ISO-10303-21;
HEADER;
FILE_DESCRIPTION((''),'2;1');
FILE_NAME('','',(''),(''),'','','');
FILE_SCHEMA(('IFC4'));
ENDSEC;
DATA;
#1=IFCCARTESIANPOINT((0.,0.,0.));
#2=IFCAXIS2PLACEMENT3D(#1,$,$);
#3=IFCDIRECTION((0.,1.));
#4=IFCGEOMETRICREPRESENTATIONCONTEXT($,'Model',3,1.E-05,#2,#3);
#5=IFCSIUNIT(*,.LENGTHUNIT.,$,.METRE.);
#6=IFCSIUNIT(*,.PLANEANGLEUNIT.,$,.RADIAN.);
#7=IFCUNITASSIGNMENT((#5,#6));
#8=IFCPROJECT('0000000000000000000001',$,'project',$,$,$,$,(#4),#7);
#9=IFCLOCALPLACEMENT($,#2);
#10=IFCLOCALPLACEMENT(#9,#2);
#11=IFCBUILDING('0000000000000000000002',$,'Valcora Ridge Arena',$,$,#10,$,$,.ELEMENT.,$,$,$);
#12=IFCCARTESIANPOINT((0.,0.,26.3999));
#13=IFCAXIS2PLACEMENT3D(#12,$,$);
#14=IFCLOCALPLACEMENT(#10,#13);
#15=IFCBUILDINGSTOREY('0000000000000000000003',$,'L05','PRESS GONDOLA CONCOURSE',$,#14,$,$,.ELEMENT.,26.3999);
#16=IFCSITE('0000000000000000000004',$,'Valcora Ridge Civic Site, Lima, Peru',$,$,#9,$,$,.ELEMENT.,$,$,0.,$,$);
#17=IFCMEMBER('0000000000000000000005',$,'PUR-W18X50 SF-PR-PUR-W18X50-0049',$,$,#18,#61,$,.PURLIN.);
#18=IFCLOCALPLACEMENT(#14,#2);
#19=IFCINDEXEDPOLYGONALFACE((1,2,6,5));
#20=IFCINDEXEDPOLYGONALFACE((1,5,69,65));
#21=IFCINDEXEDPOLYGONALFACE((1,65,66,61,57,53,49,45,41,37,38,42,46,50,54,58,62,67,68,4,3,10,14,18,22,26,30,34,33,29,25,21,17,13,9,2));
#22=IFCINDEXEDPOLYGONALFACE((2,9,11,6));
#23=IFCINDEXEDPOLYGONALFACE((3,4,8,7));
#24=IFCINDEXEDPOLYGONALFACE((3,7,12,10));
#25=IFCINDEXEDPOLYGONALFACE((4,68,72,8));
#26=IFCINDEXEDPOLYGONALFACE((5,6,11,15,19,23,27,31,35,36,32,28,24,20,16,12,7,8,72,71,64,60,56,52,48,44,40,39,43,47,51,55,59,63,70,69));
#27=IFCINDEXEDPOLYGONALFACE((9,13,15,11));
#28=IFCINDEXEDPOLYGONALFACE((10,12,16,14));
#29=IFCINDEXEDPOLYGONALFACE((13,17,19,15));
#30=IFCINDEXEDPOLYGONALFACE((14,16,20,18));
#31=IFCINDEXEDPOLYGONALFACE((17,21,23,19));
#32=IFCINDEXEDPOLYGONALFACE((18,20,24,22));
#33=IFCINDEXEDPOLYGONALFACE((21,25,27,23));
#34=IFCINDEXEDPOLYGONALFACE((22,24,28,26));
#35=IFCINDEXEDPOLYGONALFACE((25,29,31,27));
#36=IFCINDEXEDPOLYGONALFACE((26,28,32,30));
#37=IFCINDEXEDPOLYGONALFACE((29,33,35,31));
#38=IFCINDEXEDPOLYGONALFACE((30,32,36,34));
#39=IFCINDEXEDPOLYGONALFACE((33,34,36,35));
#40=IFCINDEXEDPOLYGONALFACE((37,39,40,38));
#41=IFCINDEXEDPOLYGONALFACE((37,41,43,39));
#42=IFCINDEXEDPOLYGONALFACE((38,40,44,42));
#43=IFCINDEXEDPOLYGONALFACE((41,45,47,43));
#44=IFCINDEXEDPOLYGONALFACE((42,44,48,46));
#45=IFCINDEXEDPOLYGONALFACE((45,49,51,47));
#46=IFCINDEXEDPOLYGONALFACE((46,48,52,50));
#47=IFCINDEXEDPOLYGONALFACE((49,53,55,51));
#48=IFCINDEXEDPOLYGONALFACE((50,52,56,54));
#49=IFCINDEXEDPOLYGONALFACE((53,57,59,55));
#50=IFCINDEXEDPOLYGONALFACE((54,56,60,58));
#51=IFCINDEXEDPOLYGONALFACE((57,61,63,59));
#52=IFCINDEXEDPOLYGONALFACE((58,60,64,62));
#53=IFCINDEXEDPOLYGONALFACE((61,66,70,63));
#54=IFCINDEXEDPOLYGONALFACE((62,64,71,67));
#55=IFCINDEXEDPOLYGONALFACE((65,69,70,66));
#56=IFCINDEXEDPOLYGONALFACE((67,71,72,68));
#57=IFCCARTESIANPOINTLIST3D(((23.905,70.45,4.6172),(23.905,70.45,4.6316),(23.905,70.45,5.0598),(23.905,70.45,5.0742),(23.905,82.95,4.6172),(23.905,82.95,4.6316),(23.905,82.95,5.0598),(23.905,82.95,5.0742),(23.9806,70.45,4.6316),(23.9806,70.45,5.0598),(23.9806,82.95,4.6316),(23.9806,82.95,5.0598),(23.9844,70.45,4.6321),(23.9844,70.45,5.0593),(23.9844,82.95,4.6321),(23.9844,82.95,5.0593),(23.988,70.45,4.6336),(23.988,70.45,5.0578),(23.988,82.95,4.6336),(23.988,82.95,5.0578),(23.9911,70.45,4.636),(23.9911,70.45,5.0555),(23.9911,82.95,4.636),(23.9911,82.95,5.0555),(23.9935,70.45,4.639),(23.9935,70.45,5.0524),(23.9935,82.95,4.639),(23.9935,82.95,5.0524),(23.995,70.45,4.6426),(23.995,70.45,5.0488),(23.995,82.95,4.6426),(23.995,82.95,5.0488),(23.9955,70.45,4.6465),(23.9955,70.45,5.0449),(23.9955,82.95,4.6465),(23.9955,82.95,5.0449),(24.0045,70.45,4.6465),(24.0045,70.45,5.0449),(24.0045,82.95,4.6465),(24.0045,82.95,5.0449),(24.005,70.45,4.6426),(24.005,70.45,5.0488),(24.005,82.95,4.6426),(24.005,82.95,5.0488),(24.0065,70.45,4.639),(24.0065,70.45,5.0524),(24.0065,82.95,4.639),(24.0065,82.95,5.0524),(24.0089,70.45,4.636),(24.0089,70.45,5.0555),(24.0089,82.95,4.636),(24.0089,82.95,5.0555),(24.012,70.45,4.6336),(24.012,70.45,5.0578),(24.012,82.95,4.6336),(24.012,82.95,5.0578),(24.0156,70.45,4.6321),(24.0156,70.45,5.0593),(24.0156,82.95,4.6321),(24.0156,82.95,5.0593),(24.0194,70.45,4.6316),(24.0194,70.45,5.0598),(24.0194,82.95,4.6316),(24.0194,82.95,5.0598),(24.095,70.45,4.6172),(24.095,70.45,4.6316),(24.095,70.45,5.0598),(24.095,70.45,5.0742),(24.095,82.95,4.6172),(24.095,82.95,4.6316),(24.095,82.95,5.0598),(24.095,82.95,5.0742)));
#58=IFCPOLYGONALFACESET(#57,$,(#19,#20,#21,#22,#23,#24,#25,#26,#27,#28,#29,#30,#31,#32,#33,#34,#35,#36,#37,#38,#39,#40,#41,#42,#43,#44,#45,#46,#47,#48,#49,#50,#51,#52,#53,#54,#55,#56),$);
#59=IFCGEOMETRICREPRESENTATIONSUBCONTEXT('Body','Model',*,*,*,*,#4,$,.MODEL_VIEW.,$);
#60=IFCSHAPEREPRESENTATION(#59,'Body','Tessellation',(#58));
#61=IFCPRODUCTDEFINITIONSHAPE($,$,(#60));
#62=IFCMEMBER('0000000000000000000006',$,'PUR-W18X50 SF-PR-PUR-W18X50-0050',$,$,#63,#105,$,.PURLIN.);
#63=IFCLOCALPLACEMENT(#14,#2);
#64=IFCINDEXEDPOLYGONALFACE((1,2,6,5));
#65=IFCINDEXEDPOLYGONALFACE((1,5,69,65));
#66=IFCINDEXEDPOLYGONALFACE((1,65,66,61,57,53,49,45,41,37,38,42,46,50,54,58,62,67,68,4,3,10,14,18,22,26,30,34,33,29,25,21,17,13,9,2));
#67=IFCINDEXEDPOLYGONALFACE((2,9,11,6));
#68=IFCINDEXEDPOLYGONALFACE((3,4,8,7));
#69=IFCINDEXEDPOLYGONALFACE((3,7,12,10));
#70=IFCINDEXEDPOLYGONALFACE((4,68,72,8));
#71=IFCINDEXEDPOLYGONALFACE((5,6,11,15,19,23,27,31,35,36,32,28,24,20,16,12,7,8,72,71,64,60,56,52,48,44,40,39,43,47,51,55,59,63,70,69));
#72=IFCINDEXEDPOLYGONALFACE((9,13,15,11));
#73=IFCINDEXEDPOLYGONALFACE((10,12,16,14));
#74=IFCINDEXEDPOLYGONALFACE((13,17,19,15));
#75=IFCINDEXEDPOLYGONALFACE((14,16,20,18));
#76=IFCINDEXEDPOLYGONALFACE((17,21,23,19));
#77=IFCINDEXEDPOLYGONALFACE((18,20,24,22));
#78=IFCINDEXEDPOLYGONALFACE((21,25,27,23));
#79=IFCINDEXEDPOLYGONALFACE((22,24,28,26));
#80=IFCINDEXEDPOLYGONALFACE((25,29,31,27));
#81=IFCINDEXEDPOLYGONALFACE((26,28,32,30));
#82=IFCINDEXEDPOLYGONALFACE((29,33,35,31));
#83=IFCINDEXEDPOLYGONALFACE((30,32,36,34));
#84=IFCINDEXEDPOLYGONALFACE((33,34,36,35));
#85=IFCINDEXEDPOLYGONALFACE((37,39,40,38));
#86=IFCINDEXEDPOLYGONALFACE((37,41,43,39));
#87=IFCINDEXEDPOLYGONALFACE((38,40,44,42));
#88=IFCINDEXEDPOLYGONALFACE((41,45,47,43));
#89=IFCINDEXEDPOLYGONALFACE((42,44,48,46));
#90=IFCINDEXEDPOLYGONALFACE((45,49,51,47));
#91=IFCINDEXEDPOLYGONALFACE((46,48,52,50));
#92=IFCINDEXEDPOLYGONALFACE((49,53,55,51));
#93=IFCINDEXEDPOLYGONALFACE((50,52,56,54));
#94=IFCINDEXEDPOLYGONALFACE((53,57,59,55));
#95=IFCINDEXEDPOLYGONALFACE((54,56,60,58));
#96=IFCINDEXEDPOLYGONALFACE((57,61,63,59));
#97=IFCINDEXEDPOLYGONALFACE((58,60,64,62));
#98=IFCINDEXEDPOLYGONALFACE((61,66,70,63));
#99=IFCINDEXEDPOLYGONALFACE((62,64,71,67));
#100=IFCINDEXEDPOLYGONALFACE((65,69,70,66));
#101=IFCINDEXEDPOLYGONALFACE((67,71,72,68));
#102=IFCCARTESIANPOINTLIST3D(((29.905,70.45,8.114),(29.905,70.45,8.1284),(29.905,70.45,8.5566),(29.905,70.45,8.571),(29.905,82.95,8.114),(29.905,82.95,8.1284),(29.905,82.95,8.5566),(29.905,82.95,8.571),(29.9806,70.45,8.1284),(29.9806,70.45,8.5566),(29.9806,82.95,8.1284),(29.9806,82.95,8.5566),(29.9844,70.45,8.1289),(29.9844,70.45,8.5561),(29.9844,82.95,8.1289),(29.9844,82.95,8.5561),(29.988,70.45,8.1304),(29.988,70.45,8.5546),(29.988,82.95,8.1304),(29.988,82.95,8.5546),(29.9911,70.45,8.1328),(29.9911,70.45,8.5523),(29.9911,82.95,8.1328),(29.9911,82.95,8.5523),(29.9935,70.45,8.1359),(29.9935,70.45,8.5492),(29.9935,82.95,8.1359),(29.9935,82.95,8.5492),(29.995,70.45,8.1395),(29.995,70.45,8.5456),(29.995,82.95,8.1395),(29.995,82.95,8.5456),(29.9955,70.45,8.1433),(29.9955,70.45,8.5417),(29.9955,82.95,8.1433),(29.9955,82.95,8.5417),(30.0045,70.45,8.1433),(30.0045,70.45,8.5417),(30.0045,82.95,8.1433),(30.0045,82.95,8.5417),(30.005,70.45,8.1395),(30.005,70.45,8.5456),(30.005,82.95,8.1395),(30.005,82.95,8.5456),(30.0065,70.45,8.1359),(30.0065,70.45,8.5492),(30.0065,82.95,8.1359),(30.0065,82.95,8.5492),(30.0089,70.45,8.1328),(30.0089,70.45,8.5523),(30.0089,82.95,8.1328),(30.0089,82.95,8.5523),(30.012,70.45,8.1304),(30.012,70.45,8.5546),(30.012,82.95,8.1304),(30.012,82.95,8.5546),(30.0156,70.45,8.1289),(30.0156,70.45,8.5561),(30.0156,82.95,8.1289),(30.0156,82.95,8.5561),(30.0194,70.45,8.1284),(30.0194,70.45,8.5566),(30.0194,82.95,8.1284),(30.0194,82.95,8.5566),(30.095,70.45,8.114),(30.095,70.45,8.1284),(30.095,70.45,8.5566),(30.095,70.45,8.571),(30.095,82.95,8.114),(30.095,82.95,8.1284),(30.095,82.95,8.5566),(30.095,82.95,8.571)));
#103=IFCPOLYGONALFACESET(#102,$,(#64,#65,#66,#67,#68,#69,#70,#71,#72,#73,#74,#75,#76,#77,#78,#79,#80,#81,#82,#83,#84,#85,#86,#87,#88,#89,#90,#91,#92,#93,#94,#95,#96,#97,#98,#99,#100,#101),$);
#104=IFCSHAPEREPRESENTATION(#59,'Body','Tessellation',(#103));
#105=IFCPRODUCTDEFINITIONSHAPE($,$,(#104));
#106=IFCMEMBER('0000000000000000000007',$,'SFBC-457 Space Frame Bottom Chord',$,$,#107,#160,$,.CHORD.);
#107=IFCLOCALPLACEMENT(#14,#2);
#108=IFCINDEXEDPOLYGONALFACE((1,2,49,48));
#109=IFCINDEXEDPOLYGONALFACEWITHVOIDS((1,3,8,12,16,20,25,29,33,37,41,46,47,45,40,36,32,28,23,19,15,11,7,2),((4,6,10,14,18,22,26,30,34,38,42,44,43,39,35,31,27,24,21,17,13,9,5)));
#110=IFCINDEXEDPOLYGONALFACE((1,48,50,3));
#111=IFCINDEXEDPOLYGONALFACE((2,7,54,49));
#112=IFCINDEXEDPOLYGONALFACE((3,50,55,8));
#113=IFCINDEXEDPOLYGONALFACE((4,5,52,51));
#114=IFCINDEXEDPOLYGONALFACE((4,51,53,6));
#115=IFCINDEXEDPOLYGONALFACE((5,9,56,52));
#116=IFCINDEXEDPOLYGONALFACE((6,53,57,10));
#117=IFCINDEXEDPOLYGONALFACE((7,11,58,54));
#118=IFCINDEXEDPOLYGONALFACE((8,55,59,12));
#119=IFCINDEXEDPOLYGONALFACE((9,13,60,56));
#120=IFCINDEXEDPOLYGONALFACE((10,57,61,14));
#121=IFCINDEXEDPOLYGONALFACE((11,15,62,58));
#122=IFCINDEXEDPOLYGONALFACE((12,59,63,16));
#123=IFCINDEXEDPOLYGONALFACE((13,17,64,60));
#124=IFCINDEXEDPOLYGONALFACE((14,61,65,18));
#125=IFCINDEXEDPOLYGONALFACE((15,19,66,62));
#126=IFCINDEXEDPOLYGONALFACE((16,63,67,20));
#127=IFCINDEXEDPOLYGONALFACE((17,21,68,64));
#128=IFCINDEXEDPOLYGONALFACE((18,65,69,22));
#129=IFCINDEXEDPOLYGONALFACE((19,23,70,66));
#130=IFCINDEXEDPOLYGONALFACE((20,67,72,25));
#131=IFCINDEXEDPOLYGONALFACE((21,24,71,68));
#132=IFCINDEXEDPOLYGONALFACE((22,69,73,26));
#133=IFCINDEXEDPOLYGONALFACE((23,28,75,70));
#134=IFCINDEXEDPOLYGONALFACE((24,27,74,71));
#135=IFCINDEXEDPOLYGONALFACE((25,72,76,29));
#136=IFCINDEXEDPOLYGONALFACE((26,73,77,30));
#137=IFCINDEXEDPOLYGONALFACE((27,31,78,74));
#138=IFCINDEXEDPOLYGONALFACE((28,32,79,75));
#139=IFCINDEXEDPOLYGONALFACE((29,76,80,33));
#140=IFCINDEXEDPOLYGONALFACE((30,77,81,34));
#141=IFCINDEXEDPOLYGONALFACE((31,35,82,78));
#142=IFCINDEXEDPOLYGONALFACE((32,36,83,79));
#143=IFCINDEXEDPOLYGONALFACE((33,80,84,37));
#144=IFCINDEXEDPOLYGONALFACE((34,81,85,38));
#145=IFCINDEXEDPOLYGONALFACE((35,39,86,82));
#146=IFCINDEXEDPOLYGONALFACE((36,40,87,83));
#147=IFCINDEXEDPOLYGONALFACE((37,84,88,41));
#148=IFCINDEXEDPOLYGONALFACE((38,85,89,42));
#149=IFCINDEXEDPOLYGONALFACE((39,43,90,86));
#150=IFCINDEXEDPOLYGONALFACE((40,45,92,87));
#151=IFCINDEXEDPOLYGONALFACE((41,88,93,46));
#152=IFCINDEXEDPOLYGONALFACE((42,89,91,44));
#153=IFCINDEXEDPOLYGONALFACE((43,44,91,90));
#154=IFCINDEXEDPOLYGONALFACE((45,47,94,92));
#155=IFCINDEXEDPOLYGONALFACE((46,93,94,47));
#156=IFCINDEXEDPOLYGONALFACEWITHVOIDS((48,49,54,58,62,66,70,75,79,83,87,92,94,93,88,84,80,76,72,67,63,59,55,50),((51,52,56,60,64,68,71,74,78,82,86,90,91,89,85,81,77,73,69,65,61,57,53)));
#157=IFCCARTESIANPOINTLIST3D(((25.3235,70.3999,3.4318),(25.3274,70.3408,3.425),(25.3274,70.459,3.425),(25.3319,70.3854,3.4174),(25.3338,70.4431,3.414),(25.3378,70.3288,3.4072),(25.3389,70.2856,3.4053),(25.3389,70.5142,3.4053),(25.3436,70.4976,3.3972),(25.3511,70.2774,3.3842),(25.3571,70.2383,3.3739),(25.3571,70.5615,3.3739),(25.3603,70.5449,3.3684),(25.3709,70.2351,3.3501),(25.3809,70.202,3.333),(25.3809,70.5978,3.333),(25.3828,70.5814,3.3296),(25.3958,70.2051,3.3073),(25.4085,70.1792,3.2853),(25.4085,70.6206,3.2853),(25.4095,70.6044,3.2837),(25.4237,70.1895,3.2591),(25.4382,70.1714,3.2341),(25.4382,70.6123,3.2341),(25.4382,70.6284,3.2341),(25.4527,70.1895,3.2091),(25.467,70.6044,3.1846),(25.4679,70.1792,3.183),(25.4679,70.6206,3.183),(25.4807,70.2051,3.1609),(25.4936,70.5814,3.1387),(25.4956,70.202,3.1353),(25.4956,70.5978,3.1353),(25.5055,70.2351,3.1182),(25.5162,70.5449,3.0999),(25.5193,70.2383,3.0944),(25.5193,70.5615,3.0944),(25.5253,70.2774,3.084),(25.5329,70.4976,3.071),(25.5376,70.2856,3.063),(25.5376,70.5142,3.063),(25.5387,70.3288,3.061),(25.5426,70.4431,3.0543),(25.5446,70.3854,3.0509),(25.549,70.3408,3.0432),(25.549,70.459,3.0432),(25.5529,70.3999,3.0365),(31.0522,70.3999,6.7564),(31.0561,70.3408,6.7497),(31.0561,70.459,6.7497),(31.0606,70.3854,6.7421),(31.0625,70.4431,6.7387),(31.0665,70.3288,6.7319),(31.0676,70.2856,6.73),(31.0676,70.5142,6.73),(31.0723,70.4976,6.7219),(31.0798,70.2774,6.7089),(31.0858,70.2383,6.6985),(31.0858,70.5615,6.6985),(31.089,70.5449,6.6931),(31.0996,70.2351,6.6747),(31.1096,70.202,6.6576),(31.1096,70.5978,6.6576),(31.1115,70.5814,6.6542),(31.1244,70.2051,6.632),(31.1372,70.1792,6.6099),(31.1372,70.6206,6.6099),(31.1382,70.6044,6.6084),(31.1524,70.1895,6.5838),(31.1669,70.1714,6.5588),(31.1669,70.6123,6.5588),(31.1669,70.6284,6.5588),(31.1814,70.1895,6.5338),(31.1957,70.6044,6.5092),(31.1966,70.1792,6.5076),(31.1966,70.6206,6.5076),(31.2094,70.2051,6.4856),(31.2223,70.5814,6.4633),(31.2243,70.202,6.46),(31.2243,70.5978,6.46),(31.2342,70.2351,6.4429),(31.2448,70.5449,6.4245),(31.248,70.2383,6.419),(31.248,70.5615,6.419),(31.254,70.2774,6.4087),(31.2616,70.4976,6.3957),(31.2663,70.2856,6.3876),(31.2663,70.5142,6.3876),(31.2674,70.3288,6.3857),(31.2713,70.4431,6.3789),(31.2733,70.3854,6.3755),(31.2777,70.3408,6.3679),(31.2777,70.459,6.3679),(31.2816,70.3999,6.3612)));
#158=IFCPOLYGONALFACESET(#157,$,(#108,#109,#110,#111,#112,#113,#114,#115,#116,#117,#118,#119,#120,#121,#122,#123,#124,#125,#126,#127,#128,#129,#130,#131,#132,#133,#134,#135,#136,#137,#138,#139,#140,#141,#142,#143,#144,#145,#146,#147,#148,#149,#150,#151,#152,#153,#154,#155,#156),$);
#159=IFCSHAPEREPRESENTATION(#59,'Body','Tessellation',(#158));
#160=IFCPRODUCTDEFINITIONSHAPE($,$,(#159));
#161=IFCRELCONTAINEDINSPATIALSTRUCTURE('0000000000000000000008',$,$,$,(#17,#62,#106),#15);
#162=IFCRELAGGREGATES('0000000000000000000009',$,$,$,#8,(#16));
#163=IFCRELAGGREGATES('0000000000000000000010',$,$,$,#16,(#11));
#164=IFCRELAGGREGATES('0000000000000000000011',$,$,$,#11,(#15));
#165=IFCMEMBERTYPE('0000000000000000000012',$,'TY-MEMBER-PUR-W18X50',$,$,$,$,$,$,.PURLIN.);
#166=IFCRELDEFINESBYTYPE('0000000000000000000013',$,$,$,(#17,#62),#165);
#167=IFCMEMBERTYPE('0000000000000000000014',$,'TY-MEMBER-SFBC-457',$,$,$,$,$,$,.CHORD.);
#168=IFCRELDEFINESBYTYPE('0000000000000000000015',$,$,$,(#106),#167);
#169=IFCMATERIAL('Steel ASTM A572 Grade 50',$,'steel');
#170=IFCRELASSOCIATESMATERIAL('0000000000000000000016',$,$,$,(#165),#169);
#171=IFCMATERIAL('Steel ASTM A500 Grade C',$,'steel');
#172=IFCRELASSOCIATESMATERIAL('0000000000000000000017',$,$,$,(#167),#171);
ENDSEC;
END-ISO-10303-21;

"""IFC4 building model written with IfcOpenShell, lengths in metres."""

from ifc_helpers import new_model, si_unit, direction, frame, origin, origin_2d, place, context, subcontext, project, spatial, hollow_circle, i_section, extrude, material, material_profile, profile_set, type_object, element, save


model = new_model("IFC4")

# Units and contexts
model_context = context("Model", 3, precision=1e-05, world=origin(), true_north=direction((0.0, 1.0)))
body_context = subcontext(model_context, "Body", "Model", "MODEL_VIEW")
ifc_project = project(units=[si_unit("LENGTHUNIT", "METRE"), si_unit("PLANEANGLEUNIT", "RADIAN")], contexts=[model_context])

# Site, building, storey
site_placement = place(None, origin())
site = spatial("IfcSite", under=ifc_project, at=site_placement, Name="Valcora Ridge Civic Site, Lima, Peru", CompositionType="ELEMENT", RefElevation=0.0)
building_placement = place(site_placement, origin())
building = spatial("IfcBuilding", under=site, at=building_placement, Name="Valcora Ridge Arena", CompositionType="ELEMENT")
storey_placement = place(building_placement, frame((0.0, 0.0, 26.3999)))
storey = spatial("IfcBuildingStorey", under=building, at=storey_placement, Name="L05", Description="PRESS GONDOLA CONCOURSE", CompositionType="ELEMENT", Elevation=26.3999)

# Members
ifc_material_1 = material(Name="Steel ASTM A572 Grade 50", Category="steel")
ifc_material_profile_1 = material_profile(ifc_material_1, i_section(OverallWidth=0.1899, OverallDepth=0.457, WebThickness=0.009, FlangeThickness=0.0144, FilletRadius=0.0149, at=origin_2d()), Name="W18X50")
ifc_profile_set_1 = profile_set([ifc_material_profile_1], Name="Steel ASTM A572 Grade 50")
member_type_1 = type_object("IfcMemberType", Name="TY-MEMBER-PUR-W18X50", PredefinedType="PURLIN", material=ifc_profile_set_1)
for number, where, z_axis, x_axis, name in (
    (1, (24.0, 70.45, 4.8457), (0.0, 1.0, 0.0), (-1.0, 0.0, 0.0), "PUR-W18X50 SF-PR-PUR-W18X50-0049"),
    (2, (30.0, 70.45, 8.3425), (0.0, 1.0, 0.0), (-1.0, 0.0, 0.0), "PUR-W18X50 SF-PR-PUR-W18X50-0050"),
):
    element("IfcMember", number, at=place(storey_placement, frame(where, z_axis=z_axis, x_axis=x_axis)), inside=storey, type_object=member_type_1, Name=name, PredefinedType="PURLIN", context=body_context, shape_type="SweptSolid", body=[
        extrude(i_section(OverallWidth=0.1899, OverallDepth=0.457, WebThickness=0.009, FlangeThickness=0.0144, FilletRadius=0.0149, at=origin_2d()), origin(), (0.0, 0.0, 1.0), 12.5),
    ])
ifc_material_2 = material(Name="Steel ASTM A500 Grade C", Category="steel")
ifc_material_profile_2 = material_profile(ifc_material_2, hollow_circle(Radius=0.2285, WallThickness=0.0161, at=origin_2d()), Name="CHS457X16")
ifc_profile_set_2 = profile_set([ifc_material_profile_2], Name="Steel ASTM A500 Grade C")
member_type_2 = type_object("IfcMemberType", Name="TY-MEMBER-SFBC-457", PredefinedType="CHORD", material=ifc_profile_set_2)
member_1_placement = place(storey_placement, frame((25.4382, 70.3999, 3.2341), z_axis=(0.864898, 0.0, 0.501947), x_axis=(0.0, 1.0, 0.0)))
element("IfcMember", 3, at=member_1_placement, inside=storey, type_object=member_type_2, Name="SFBC-457 Space Frame Bottom Chord", PredefinedType="CHORD", context=body_context, shape_type="SweptSolid", body=[
    extrude(hollow_circle(Radius=0.2285, WallThickness=0.0161, at=origin_2d()), origin(), (0.0, 0.0, 1.0), 6.6235),
])

save(model, "model.ifc")
